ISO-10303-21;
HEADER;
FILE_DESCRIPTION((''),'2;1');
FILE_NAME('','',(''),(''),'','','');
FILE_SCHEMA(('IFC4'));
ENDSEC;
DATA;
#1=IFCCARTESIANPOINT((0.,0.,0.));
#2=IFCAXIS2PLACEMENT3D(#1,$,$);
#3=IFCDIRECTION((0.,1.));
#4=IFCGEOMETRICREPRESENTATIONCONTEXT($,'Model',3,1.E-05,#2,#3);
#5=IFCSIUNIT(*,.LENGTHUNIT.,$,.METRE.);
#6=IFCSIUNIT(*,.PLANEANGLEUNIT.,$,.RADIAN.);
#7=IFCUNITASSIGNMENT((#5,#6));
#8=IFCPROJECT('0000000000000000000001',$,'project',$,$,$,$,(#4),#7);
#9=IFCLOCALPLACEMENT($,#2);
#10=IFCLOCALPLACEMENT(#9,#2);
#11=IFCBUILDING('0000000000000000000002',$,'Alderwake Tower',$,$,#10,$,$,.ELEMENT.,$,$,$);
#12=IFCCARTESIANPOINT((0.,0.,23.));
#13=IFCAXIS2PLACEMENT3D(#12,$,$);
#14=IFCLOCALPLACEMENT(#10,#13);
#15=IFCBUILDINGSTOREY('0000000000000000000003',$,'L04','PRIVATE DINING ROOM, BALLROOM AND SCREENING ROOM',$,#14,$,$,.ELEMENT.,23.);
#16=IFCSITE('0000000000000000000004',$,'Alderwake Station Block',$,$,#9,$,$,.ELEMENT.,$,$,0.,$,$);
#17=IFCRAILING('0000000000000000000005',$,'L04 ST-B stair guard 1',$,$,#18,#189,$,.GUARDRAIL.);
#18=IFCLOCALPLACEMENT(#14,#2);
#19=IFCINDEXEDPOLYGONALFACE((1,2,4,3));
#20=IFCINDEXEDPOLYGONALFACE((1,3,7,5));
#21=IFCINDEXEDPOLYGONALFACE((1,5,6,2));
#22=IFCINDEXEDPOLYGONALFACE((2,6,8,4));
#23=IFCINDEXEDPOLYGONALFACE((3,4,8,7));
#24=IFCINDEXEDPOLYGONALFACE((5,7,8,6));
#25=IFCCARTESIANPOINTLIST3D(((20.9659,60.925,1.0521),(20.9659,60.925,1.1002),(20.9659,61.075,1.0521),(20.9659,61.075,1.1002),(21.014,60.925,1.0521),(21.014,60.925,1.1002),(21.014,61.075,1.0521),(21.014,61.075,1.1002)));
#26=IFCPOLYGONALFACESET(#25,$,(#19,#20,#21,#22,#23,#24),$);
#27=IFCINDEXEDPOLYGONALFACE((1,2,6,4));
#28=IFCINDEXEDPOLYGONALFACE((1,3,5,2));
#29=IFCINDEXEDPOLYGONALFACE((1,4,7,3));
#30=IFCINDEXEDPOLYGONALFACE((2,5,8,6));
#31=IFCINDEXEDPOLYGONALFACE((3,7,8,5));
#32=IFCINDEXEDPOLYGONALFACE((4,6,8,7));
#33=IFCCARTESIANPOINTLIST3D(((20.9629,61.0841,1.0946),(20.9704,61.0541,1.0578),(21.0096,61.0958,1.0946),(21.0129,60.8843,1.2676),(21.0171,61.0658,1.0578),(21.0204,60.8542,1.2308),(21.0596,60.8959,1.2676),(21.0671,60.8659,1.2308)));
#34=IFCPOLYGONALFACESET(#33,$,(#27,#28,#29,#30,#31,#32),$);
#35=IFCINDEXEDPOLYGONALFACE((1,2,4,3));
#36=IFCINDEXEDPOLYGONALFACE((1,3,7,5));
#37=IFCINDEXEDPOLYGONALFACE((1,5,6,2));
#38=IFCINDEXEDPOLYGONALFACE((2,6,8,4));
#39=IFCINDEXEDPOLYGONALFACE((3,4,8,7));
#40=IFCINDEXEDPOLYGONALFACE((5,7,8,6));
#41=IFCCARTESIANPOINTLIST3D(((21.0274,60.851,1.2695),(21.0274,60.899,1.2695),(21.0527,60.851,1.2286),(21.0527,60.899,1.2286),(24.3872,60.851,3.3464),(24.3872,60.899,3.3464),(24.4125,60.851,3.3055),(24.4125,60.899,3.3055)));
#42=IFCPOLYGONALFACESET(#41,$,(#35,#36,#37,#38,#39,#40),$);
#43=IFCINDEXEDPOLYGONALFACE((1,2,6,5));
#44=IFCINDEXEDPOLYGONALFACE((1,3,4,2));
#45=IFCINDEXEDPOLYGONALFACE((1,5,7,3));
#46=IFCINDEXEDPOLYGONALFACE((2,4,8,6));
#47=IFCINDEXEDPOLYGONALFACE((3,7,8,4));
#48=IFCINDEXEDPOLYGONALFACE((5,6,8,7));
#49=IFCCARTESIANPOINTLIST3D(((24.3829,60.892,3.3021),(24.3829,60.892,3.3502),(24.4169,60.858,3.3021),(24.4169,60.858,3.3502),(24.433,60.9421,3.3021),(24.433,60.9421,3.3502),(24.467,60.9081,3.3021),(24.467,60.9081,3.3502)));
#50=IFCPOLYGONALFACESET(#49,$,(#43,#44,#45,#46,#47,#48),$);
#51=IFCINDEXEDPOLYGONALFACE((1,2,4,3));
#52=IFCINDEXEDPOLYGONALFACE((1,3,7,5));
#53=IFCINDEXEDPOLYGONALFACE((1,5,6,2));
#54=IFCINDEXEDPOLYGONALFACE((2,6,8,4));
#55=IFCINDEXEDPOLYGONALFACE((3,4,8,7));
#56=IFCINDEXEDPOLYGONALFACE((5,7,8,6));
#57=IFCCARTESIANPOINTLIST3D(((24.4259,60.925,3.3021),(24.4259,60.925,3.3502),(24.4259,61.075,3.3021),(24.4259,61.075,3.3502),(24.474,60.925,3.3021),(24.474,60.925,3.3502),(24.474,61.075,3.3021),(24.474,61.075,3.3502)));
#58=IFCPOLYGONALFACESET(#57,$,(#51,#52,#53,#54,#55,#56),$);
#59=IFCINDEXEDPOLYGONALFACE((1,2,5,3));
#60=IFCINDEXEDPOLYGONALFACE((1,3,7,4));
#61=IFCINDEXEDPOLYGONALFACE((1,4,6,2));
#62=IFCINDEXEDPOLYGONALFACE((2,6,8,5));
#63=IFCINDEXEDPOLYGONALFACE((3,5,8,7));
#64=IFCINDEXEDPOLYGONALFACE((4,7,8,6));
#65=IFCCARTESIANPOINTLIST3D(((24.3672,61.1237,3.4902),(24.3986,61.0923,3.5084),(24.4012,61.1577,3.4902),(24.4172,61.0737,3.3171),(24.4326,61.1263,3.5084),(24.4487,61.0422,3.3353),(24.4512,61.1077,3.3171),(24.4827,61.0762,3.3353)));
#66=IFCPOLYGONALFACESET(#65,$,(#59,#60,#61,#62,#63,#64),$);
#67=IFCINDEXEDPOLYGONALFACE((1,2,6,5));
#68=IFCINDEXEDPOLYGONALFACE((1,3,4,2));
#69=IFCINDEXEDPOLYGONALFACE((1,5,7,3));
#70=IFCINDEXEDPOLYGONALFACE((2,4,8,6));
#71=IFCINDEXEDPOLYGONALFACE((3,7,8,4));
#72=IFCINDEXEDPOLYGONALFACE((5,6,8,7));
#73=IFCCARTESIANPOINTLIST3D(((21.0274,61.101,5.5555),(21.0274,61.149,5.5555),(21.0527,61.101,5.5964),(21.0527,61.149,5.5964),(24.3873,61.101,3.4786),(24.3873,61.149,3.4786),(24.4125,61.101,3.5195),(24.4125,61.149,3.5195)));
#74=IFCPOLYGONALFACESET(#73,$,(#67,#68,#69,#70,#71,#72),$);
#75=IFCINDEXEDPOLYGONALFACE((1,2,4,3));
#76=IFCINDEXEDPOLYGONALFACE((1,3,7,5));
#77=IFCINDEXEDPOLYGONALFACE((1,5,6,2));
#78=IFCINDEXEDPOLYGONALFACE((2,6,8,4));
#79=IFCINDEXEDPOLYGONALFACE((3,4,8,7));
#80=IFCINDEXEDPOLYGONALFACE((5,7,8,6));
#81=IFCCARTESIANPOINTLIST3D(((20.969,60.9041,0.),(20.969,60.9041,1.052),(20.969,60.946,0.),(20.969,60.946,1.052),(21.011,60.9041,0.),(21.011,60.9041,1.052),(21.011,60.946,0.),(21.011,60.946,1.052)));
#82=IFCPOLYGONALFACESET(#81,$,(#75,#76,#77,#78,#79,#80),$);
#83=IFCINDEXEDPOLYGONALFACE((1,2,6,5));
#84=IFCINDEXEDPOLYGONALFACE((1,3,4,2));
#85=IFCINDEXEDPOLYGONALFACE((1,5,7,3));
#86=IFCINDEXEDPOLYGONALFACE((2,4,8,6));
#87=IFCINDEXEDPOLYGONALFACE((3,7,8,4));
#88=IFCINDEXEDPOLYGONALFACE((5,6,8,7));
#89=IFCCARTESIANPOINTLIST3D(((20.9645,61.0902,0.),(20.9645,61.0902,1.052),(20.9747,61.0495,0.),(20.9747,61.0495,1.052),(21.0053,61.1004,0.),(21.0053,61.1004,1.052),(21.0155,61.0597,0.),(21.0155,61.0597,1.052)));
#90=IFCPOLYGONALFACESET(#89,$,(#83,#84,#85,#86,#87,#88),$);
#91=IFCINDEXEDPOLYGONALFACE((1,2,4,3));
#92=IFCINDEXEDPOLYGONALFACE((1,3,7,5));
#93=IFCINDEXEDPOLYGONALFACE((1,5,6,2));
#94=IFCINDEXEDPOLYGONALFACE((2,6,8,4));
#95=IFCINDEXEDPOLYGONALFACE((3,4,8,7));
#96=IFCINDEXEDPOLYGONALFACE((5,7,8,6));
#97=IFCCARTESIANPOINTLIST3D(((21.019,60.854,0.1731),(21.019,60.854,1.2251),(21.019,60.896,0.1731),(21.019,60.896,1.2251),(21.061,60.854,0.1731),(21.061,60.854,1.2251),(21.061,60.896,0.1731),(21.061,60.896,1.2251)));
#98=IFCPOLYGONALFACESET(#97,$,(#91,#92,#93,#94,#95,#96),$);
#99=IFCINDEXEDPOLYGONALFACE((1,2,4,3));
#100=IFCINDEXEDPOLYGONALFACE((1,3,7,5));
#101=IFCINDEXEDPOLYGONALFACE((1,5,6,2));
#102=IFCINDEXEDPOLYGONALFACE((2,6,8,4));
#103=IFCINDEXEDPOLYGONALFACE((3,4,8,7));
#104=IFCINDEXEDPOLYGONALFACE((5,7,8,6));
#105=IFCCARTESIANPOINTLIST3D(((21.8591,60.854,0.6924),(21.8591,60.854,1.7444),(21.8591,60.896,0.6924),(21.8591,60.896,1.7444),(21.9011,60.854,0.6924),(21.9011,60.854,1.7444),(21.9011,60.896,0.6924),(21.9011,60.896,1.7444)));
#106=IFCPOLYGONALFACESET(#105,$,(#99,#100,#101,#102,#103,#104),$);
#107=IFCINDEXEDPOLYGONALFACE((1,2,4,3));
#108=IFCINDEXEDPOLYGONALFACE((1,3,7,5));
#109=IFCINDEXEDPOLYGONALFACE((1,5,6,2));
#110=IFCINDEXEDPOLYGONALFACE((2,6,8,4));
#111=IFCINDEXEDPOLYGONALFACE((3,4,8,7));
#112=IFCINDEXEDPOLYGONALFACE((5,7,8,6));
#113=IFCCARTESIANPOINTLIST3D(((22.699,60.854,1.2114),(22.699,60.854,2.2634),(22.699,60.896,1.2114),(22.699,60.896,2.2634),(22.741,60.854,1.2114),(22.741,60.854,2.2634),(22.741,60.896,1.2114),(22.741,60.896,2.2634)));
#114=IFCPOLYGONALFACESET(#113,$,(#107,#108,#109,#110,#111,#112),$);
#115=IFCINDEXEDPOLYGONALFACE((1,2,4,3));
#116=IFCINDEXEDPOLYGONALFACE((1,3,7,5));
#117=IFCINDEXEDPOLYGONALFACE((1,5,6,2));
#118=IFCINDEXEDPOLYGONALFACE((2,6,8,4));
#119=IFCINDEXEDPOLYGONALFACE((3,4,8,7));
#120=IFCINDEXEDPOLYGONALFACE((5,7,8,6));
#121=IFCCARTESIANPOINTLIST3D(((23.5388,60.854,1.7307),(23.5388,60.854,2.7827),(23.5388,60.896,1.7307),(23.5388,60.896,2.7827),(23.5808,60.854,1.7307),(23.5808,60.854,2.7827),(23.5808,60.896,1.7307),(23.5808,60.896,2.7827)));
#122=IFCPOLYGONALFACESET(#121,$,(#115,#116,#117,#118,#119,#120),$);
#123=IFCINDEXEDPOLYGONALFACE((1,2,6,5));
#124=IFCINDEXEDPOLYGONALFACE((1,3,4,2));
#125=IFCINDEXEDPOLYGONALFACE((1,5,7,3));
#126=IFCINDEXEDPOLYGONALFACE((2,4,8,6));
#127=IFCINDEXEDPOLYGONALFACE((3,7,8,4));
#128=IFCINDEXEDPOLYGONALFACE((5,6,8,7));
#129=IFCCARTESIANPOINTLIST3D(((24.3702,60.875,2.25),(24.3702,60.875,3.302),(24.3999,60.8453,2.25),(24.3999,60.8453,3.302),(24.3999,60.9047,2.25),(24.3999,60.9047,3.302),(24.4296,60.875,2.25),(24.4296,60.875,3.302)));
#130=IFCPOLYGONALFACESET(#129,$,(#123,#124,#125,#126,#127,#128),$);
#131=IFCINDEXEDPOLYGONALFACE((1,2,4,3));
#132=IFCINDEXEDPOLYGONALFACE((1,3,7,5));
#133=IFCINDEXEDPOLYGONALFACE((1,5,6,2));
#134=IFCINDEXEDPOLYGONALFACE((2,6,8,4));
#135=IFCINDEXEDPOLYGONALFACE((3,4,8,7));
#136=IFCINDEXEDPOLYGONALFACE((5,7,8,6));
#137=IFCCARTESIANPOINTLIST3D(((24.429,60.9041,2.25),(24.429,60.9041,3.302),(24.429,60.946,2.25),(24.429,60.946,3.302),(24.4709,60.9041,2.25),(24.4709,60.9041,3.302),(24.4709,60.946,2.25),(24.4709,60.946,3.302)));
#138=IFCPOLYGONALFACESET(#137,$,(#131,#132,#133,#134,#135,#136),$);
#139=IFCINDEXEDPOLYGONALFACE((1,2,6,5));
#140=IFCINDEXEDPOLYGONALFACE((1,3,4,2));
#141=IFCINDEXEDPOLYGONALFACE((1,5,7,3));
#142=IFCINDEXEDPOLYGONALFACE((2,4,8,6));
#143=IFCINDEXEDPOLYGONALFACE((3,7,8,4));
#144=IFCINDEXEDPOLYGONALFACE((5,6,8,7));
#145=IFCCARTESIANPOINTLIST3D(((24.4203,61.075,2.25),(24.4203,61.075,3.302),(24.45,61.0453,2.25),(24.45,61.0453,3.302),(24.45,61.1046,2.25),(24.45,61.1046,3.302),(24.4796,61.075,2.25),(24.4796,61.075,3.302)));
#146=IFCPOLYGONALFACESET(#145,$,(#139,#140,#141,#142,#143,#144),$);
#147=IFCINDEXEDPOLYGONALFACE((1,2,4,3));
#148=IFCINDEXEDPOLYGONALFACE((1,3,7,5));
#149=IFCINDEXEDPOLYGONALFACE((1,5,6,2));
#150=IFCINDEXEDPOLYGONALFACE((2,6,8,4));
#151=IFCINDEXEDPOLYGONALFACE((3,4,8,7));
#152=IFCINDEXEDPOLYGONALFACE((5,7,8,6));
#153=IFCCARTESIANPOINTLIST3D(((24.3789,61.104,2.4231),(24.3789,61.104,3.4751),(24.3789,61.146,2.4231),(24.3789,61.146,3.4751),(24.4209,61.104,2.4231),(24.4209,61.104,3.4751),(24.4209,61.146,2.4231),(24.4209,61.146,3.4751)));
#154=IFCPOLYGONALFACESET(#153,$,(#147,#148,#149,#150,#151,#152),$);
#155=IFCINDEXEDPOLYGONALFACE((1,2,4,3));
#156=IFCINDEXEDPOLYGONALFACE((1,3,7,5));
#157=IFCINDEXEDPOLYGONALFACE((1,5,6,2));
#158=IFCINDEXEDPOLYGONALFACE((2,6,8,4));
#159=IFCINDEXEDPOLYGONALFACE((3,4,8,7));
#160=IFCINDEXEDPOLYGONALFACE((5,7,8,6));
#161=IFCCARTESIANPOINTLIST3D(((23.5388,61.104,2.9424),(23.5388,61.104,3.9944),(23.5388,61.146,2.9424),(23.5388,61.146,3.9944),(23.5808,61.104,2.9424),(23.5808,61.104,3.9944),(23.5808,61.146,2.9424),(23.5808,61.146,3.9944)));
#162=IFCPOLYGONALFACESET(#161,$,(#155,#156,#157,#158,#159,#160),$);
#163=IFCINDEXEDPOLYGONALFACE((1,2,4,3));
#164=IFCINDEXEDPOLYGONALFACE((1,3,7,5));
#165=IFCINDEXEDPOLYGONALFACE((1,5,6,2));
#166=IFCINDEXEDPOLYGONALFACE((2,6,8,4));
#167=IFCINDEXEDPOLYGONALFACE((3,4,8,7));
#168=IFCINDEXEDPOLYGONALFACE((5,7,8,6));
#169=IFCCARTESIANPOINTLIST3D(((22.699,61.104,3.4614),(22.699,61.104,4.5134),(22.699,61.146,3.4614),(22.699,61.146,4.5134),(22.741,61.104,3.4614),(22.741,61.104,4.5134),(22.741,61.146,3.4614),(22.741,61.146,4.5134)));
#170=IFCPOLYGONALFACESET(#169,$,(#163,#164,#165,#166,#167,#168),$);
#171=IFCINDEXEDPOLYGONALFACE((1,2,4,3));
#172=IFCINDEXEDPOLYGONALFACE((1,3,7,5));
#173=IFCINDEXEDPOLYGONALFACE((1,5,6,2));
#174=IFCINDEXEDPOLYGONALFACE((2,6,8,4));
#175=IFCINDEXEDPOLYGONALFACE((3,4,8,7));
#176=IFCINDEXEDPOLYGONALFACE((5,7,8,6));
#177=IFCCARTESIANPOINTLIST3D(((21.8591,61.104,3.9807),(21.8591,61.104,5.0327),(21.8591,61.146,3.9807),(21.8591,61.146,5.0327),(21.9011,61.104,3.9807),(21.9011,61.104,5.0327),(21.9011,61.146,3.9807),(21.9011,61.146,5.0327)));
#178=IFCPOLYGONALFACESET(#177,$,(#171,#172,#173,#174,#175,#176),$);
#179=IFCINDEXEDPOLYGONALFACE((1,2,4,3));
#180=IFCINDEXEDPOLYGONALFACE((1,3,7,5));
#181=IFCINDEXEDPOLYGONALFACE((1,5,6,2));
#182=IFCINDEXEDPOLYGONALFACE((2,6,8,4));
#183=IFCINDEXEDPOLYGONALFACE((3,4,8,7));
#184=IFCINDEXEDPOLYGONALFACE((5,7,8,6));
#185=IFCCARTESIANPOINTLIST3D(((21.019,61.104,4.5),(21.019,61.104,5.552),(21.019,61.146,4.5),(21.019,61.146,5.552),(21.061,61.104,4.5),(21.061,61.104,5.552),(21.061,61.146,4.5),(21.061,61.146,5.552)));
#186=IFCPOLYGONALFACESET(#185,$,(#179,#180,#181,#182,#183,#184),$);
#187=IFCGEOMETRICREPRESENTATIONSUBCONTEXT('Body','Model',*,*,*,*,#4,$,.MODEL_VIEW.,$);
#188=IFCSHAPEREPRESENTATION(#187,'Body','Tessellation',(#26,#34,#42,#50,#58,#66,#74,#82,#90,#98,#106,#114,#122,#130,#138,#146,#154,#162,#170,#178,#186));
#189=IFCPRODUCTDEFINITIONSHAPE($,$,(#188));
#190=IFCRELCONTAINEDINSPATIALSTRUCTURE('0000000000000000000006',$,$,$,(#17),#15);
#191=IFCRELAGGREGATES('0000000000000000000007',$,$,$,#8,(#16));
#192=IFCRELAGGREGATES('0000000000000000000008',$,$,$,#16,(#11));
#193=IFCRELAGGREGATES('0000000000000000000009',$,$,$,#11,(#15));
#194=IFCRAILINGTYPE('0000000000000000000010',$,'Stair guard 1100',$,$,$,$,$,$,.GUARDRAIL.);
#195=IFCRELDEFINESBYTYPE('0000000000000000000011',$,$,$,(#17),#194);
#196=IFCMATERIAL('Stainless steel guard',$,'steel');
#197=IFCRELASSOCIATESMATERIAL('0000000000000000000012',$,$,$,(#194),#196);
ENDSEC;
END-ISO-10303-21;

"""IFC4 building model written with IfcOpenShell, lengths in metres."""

from ifc_helpers import new_model, si_unit, direction, frame, origin, origin_2d, place, context, subcontext, project, spatial, rectangle, extrude, material, type_object, element, save


model = new_model("IFC4")

# Units and contexts
model_context = context("Model", 3, precision=1e-05, world=origin(), true_north=direction((0.0, 1.0)))
body_context = subcontext(model_context, "Body", "Model", "MODEL_VIEW")
ifc_project = project(units=[si_unit("LENGTHUNIT", "METRE"), si_unit("PLANEANGLEUNIT", "RADIAN")], contexts=[model_context])

# Site, building, storey
site_placement = place(None, origin())
site = spatial("IfcSite", under=ifc_project, at=site_placement, Name="Alderwake Station Block", CompositionType="ELEMENT", RefElevation=0.0)
building_placement = place(site_placement, origin())
building = spatial("IfcBuilding", under=site, at=building_placement, Name="Alderwake Tower", CompositionType="ELEMENT")
storey_placement = place(building_placement, frame((0.0, 0.0, 23.0)))
storey = spatial("IfcBuildingStorey", under=building, at=storey_placement, Name="L04", Description="PRIVATE DINING ROOM, BALLROOM AND SCREENING ROOM", CompositionType="ELEMENT", Elevation=23.0)

# Railing
ifc_material_1 = material(Name="Stainless steel guard", Category="steel")
railing_type_1 = type_object("IfcRailingType", Name="Stair guard 1100", PredefinedType="GUARDRAIL", material=ifc_material_1)
railing_1_placement = place(storey_placement, frame((20.99, 60.925, 0.0)))
element("IfcRailing", 1, at=railing_1_placement, inside=storey, type_object=railing_type_1, Name="L04 ST-B stair guard 1", PredefinedType="GUARDRAIL", context=body_context, shape_type="SweptSolid", body=[
    extrude(rectangle(XDim=0.0481, YDim=0.0481, at=origin_2d()), frame((0.0, 0.0, 1.0762), z_axis=(0.0, 1.0, 0.0), x_axis=(-1.0, 0.0, 0.0)), (0.0, 0.0, 1.0), 0.1499),
    extrude(rectangle(XDim=0.0481, YDim=0.0481, at=origin_2d()), frame((0.0, 0.1499, 1.0762), z_axis=(0.185944, -0.742869, 0.643094), x_axis=(0.970073, 0.242814, 0.0)), (0.0, 0.0, 1.0), 0.269),
    extrude(rectangle(XDim=0.0481, YDim=0.0481, at=origin_2d()), frame((0.05, -0.05, 1.249), z_axis=(0.850606, 0.0, 0.525803), x_axis=(0.0, 1.0, 0.0)), (0.0, 0.0, 1.0), 3.95),
    extrude(rectangle(XDim=0.0481, YDim=0.0481, at=origin_2d()), frame((3.4099, -0.05, 3.3262), z_axis=(0.707107, 0.707107, 0.0), x_axis=(-0.707107, 0.707107, 0.0)), (0.0, 0.0, 1.0), 0.0708),
    extrude(rectangle(XDim=0.0481, YDim=0.0481, at=origin_2d()), frame((3.46, 0.0, 3.3262), z_axis=(0.0, 1.0, 0.0), x_axis=(-1.0, 0.0, 0.0)), (0.0, 0.0, 1.0), 0.1499),
    extrude(rectangle(XDim=0.0481, YDim=0.0481, at=origin_2d()), frame((3.46, 0.1499, 3.3262), z_axis=(-0.26763, 0.26763, 0.925607), x_axis=(-0.707107, -0.707107, 0.0)), (0.0, 0.0, 1.0), 0.187),
    extrude(rectangle(XDim=0.0481, YDim=0.0481, at=origin_2d()), frame((3.4099, 0.2, 3.499), z_axis=(-0.850606, 0.0, 0.525803), x_axis=(0.0, -1.0, 0.0)), (0.0, 0.0, 1.0), 3.95),
    extrude(rectangle(XDim=0.042, YDim=0.042, at=origin_2d()), frame((0.0, 0.0, 0.0), z_axis=(0.0, 0.0, 1.0), x_axis=(0.0, 1.0, 0.0)), (0.0, 0.0, 1.0), 1.052),
    extrude(rectangle(XDim=0.042, YDim=0.042, at=origin_2d()), frame((0.0, 0.1499, 0.0), z_axis=(0.0, 0.0, 1.0), x_axis=(0.242814, -0.970073, 0.0)), (0.0, 0.0, 1.0), 1.052),
    extrude(rectangle(XDim=0.042, YDim=0.042, at=origin_2d()), frame((0.05, -0.05, 0.1731), z_axis=(0.0, 0.0, 1.0), x_axis=(1.0, 0.0, 0.0)), (0.0, 0.0, 1.0), 1.052),
    extrude(rectangle(XDim=0.042, YDim=0.042, at=origin_2d()), frame((0.8901, -0.05, 0.6924), z_axis=(0.0, 0.0, 1.0), x_axis=(1.0, 0.0, 0.0)), (0.0, 0.0, 1.0), 1.052),
    extrude(rectangle(XDim=0.042, YDim=0.042, at=origin_2d()), frame((1.73, -0.05, 1.2114), z_axis=(0.0, 0.0, 1.0), x_axis=(1.0, 0.0, 0.0)), (0.0, 0.0, 1.0), 1.052),
    extrude(rectangle(XDim=0.042, YDim=0.042, at=origin_2d()), frame((2.5698, -0.05, 1.7307), z_axis=(0.0, 0.0, 1.0), x_axis=(1.0, 0.0, 0.0)), (0.0, 0.0, 1.0), 1.052),
    extrude(rectangle(XDim=0.042, YDim=0.042, at=origin_2d()), frame((3.4099, -0.05, 2.25), z_axis=(0.0, 0.0, 1.0), x_axis=(0.707107, 0.707107, 0.0)), (0.0, 0.0, 1.0), 1.052),
    extrude(rectangle(XDim=0.042, YDim=0.042, at=origin_2d()), frame((3.46, 0.0, 2.25), z_axis=(0.0, 0.0, 1.0), x_axis=(0.0, 1.0, 0.0)), (0.0, 0.0, 1.0), 1.052),
    extrude(rectangle(XDim=0.042, YDim=0.042, at=origin_2d()), frame((3.46, 0.1499, 2.25), z_axis=(0.0, 0.0, 1.0), x_axis=(-0.707107, 0.707107, 0.0)), (0.0, 0.0, 1.0), 1.052),
    extrude(rectangle(XDim=0.042, YDim=0.042, at=origin_2d()), frame((3.4099, 0.2, 2.4231), z_axis=(0.0, 0.0, 1.0), x_axis=(-1.0, 0.0, 0.0)), (0.0, 0.0, 1.0), 1.052),
    extrude(rectangle(XDim=0.042, YDim=0.042, at=origin_2d()), frame((2.5698, 0.2, 2.9424), z_axis=(0.0, 0.0, 1.0), x_axis=(-1.0, 0.0, 0.0)), (0.0, 0.0, 1.0), 1.052),
    extrude(rectangle(XDim=0.042, YDim=0.042, at=origin_2d()), frame((1.73, 0.2, 3.4614), z_axis=(0.0, 0.0, 1.0), x_axis=(-1.0, 0.0, 0.0)), (0.0, 0.0, 1.0), 1.052),
    extrude(rectangle(XDim=0.042, YDim=0.042, at=origin_2d()), frame((0.8901, 0.2, 3.9807), z_axis=(0.0, 0.0, 1.0), x_axis=(-1.0, 0.0, 0.0)), (0.0, 0.0, 1.0), 1.052),
    extrude(rectangle(XDim=0.042, YDim=0.042, at=origin_2d()), frame((0.05, 0.2, 4.5), z_axis=(0.0, 0.0, 1.0), x_axis=(-1.0, 0.0, 0.0)), (0.0, 0.0, 1.0), 1.052),
])

save(model, "model.ifc")
